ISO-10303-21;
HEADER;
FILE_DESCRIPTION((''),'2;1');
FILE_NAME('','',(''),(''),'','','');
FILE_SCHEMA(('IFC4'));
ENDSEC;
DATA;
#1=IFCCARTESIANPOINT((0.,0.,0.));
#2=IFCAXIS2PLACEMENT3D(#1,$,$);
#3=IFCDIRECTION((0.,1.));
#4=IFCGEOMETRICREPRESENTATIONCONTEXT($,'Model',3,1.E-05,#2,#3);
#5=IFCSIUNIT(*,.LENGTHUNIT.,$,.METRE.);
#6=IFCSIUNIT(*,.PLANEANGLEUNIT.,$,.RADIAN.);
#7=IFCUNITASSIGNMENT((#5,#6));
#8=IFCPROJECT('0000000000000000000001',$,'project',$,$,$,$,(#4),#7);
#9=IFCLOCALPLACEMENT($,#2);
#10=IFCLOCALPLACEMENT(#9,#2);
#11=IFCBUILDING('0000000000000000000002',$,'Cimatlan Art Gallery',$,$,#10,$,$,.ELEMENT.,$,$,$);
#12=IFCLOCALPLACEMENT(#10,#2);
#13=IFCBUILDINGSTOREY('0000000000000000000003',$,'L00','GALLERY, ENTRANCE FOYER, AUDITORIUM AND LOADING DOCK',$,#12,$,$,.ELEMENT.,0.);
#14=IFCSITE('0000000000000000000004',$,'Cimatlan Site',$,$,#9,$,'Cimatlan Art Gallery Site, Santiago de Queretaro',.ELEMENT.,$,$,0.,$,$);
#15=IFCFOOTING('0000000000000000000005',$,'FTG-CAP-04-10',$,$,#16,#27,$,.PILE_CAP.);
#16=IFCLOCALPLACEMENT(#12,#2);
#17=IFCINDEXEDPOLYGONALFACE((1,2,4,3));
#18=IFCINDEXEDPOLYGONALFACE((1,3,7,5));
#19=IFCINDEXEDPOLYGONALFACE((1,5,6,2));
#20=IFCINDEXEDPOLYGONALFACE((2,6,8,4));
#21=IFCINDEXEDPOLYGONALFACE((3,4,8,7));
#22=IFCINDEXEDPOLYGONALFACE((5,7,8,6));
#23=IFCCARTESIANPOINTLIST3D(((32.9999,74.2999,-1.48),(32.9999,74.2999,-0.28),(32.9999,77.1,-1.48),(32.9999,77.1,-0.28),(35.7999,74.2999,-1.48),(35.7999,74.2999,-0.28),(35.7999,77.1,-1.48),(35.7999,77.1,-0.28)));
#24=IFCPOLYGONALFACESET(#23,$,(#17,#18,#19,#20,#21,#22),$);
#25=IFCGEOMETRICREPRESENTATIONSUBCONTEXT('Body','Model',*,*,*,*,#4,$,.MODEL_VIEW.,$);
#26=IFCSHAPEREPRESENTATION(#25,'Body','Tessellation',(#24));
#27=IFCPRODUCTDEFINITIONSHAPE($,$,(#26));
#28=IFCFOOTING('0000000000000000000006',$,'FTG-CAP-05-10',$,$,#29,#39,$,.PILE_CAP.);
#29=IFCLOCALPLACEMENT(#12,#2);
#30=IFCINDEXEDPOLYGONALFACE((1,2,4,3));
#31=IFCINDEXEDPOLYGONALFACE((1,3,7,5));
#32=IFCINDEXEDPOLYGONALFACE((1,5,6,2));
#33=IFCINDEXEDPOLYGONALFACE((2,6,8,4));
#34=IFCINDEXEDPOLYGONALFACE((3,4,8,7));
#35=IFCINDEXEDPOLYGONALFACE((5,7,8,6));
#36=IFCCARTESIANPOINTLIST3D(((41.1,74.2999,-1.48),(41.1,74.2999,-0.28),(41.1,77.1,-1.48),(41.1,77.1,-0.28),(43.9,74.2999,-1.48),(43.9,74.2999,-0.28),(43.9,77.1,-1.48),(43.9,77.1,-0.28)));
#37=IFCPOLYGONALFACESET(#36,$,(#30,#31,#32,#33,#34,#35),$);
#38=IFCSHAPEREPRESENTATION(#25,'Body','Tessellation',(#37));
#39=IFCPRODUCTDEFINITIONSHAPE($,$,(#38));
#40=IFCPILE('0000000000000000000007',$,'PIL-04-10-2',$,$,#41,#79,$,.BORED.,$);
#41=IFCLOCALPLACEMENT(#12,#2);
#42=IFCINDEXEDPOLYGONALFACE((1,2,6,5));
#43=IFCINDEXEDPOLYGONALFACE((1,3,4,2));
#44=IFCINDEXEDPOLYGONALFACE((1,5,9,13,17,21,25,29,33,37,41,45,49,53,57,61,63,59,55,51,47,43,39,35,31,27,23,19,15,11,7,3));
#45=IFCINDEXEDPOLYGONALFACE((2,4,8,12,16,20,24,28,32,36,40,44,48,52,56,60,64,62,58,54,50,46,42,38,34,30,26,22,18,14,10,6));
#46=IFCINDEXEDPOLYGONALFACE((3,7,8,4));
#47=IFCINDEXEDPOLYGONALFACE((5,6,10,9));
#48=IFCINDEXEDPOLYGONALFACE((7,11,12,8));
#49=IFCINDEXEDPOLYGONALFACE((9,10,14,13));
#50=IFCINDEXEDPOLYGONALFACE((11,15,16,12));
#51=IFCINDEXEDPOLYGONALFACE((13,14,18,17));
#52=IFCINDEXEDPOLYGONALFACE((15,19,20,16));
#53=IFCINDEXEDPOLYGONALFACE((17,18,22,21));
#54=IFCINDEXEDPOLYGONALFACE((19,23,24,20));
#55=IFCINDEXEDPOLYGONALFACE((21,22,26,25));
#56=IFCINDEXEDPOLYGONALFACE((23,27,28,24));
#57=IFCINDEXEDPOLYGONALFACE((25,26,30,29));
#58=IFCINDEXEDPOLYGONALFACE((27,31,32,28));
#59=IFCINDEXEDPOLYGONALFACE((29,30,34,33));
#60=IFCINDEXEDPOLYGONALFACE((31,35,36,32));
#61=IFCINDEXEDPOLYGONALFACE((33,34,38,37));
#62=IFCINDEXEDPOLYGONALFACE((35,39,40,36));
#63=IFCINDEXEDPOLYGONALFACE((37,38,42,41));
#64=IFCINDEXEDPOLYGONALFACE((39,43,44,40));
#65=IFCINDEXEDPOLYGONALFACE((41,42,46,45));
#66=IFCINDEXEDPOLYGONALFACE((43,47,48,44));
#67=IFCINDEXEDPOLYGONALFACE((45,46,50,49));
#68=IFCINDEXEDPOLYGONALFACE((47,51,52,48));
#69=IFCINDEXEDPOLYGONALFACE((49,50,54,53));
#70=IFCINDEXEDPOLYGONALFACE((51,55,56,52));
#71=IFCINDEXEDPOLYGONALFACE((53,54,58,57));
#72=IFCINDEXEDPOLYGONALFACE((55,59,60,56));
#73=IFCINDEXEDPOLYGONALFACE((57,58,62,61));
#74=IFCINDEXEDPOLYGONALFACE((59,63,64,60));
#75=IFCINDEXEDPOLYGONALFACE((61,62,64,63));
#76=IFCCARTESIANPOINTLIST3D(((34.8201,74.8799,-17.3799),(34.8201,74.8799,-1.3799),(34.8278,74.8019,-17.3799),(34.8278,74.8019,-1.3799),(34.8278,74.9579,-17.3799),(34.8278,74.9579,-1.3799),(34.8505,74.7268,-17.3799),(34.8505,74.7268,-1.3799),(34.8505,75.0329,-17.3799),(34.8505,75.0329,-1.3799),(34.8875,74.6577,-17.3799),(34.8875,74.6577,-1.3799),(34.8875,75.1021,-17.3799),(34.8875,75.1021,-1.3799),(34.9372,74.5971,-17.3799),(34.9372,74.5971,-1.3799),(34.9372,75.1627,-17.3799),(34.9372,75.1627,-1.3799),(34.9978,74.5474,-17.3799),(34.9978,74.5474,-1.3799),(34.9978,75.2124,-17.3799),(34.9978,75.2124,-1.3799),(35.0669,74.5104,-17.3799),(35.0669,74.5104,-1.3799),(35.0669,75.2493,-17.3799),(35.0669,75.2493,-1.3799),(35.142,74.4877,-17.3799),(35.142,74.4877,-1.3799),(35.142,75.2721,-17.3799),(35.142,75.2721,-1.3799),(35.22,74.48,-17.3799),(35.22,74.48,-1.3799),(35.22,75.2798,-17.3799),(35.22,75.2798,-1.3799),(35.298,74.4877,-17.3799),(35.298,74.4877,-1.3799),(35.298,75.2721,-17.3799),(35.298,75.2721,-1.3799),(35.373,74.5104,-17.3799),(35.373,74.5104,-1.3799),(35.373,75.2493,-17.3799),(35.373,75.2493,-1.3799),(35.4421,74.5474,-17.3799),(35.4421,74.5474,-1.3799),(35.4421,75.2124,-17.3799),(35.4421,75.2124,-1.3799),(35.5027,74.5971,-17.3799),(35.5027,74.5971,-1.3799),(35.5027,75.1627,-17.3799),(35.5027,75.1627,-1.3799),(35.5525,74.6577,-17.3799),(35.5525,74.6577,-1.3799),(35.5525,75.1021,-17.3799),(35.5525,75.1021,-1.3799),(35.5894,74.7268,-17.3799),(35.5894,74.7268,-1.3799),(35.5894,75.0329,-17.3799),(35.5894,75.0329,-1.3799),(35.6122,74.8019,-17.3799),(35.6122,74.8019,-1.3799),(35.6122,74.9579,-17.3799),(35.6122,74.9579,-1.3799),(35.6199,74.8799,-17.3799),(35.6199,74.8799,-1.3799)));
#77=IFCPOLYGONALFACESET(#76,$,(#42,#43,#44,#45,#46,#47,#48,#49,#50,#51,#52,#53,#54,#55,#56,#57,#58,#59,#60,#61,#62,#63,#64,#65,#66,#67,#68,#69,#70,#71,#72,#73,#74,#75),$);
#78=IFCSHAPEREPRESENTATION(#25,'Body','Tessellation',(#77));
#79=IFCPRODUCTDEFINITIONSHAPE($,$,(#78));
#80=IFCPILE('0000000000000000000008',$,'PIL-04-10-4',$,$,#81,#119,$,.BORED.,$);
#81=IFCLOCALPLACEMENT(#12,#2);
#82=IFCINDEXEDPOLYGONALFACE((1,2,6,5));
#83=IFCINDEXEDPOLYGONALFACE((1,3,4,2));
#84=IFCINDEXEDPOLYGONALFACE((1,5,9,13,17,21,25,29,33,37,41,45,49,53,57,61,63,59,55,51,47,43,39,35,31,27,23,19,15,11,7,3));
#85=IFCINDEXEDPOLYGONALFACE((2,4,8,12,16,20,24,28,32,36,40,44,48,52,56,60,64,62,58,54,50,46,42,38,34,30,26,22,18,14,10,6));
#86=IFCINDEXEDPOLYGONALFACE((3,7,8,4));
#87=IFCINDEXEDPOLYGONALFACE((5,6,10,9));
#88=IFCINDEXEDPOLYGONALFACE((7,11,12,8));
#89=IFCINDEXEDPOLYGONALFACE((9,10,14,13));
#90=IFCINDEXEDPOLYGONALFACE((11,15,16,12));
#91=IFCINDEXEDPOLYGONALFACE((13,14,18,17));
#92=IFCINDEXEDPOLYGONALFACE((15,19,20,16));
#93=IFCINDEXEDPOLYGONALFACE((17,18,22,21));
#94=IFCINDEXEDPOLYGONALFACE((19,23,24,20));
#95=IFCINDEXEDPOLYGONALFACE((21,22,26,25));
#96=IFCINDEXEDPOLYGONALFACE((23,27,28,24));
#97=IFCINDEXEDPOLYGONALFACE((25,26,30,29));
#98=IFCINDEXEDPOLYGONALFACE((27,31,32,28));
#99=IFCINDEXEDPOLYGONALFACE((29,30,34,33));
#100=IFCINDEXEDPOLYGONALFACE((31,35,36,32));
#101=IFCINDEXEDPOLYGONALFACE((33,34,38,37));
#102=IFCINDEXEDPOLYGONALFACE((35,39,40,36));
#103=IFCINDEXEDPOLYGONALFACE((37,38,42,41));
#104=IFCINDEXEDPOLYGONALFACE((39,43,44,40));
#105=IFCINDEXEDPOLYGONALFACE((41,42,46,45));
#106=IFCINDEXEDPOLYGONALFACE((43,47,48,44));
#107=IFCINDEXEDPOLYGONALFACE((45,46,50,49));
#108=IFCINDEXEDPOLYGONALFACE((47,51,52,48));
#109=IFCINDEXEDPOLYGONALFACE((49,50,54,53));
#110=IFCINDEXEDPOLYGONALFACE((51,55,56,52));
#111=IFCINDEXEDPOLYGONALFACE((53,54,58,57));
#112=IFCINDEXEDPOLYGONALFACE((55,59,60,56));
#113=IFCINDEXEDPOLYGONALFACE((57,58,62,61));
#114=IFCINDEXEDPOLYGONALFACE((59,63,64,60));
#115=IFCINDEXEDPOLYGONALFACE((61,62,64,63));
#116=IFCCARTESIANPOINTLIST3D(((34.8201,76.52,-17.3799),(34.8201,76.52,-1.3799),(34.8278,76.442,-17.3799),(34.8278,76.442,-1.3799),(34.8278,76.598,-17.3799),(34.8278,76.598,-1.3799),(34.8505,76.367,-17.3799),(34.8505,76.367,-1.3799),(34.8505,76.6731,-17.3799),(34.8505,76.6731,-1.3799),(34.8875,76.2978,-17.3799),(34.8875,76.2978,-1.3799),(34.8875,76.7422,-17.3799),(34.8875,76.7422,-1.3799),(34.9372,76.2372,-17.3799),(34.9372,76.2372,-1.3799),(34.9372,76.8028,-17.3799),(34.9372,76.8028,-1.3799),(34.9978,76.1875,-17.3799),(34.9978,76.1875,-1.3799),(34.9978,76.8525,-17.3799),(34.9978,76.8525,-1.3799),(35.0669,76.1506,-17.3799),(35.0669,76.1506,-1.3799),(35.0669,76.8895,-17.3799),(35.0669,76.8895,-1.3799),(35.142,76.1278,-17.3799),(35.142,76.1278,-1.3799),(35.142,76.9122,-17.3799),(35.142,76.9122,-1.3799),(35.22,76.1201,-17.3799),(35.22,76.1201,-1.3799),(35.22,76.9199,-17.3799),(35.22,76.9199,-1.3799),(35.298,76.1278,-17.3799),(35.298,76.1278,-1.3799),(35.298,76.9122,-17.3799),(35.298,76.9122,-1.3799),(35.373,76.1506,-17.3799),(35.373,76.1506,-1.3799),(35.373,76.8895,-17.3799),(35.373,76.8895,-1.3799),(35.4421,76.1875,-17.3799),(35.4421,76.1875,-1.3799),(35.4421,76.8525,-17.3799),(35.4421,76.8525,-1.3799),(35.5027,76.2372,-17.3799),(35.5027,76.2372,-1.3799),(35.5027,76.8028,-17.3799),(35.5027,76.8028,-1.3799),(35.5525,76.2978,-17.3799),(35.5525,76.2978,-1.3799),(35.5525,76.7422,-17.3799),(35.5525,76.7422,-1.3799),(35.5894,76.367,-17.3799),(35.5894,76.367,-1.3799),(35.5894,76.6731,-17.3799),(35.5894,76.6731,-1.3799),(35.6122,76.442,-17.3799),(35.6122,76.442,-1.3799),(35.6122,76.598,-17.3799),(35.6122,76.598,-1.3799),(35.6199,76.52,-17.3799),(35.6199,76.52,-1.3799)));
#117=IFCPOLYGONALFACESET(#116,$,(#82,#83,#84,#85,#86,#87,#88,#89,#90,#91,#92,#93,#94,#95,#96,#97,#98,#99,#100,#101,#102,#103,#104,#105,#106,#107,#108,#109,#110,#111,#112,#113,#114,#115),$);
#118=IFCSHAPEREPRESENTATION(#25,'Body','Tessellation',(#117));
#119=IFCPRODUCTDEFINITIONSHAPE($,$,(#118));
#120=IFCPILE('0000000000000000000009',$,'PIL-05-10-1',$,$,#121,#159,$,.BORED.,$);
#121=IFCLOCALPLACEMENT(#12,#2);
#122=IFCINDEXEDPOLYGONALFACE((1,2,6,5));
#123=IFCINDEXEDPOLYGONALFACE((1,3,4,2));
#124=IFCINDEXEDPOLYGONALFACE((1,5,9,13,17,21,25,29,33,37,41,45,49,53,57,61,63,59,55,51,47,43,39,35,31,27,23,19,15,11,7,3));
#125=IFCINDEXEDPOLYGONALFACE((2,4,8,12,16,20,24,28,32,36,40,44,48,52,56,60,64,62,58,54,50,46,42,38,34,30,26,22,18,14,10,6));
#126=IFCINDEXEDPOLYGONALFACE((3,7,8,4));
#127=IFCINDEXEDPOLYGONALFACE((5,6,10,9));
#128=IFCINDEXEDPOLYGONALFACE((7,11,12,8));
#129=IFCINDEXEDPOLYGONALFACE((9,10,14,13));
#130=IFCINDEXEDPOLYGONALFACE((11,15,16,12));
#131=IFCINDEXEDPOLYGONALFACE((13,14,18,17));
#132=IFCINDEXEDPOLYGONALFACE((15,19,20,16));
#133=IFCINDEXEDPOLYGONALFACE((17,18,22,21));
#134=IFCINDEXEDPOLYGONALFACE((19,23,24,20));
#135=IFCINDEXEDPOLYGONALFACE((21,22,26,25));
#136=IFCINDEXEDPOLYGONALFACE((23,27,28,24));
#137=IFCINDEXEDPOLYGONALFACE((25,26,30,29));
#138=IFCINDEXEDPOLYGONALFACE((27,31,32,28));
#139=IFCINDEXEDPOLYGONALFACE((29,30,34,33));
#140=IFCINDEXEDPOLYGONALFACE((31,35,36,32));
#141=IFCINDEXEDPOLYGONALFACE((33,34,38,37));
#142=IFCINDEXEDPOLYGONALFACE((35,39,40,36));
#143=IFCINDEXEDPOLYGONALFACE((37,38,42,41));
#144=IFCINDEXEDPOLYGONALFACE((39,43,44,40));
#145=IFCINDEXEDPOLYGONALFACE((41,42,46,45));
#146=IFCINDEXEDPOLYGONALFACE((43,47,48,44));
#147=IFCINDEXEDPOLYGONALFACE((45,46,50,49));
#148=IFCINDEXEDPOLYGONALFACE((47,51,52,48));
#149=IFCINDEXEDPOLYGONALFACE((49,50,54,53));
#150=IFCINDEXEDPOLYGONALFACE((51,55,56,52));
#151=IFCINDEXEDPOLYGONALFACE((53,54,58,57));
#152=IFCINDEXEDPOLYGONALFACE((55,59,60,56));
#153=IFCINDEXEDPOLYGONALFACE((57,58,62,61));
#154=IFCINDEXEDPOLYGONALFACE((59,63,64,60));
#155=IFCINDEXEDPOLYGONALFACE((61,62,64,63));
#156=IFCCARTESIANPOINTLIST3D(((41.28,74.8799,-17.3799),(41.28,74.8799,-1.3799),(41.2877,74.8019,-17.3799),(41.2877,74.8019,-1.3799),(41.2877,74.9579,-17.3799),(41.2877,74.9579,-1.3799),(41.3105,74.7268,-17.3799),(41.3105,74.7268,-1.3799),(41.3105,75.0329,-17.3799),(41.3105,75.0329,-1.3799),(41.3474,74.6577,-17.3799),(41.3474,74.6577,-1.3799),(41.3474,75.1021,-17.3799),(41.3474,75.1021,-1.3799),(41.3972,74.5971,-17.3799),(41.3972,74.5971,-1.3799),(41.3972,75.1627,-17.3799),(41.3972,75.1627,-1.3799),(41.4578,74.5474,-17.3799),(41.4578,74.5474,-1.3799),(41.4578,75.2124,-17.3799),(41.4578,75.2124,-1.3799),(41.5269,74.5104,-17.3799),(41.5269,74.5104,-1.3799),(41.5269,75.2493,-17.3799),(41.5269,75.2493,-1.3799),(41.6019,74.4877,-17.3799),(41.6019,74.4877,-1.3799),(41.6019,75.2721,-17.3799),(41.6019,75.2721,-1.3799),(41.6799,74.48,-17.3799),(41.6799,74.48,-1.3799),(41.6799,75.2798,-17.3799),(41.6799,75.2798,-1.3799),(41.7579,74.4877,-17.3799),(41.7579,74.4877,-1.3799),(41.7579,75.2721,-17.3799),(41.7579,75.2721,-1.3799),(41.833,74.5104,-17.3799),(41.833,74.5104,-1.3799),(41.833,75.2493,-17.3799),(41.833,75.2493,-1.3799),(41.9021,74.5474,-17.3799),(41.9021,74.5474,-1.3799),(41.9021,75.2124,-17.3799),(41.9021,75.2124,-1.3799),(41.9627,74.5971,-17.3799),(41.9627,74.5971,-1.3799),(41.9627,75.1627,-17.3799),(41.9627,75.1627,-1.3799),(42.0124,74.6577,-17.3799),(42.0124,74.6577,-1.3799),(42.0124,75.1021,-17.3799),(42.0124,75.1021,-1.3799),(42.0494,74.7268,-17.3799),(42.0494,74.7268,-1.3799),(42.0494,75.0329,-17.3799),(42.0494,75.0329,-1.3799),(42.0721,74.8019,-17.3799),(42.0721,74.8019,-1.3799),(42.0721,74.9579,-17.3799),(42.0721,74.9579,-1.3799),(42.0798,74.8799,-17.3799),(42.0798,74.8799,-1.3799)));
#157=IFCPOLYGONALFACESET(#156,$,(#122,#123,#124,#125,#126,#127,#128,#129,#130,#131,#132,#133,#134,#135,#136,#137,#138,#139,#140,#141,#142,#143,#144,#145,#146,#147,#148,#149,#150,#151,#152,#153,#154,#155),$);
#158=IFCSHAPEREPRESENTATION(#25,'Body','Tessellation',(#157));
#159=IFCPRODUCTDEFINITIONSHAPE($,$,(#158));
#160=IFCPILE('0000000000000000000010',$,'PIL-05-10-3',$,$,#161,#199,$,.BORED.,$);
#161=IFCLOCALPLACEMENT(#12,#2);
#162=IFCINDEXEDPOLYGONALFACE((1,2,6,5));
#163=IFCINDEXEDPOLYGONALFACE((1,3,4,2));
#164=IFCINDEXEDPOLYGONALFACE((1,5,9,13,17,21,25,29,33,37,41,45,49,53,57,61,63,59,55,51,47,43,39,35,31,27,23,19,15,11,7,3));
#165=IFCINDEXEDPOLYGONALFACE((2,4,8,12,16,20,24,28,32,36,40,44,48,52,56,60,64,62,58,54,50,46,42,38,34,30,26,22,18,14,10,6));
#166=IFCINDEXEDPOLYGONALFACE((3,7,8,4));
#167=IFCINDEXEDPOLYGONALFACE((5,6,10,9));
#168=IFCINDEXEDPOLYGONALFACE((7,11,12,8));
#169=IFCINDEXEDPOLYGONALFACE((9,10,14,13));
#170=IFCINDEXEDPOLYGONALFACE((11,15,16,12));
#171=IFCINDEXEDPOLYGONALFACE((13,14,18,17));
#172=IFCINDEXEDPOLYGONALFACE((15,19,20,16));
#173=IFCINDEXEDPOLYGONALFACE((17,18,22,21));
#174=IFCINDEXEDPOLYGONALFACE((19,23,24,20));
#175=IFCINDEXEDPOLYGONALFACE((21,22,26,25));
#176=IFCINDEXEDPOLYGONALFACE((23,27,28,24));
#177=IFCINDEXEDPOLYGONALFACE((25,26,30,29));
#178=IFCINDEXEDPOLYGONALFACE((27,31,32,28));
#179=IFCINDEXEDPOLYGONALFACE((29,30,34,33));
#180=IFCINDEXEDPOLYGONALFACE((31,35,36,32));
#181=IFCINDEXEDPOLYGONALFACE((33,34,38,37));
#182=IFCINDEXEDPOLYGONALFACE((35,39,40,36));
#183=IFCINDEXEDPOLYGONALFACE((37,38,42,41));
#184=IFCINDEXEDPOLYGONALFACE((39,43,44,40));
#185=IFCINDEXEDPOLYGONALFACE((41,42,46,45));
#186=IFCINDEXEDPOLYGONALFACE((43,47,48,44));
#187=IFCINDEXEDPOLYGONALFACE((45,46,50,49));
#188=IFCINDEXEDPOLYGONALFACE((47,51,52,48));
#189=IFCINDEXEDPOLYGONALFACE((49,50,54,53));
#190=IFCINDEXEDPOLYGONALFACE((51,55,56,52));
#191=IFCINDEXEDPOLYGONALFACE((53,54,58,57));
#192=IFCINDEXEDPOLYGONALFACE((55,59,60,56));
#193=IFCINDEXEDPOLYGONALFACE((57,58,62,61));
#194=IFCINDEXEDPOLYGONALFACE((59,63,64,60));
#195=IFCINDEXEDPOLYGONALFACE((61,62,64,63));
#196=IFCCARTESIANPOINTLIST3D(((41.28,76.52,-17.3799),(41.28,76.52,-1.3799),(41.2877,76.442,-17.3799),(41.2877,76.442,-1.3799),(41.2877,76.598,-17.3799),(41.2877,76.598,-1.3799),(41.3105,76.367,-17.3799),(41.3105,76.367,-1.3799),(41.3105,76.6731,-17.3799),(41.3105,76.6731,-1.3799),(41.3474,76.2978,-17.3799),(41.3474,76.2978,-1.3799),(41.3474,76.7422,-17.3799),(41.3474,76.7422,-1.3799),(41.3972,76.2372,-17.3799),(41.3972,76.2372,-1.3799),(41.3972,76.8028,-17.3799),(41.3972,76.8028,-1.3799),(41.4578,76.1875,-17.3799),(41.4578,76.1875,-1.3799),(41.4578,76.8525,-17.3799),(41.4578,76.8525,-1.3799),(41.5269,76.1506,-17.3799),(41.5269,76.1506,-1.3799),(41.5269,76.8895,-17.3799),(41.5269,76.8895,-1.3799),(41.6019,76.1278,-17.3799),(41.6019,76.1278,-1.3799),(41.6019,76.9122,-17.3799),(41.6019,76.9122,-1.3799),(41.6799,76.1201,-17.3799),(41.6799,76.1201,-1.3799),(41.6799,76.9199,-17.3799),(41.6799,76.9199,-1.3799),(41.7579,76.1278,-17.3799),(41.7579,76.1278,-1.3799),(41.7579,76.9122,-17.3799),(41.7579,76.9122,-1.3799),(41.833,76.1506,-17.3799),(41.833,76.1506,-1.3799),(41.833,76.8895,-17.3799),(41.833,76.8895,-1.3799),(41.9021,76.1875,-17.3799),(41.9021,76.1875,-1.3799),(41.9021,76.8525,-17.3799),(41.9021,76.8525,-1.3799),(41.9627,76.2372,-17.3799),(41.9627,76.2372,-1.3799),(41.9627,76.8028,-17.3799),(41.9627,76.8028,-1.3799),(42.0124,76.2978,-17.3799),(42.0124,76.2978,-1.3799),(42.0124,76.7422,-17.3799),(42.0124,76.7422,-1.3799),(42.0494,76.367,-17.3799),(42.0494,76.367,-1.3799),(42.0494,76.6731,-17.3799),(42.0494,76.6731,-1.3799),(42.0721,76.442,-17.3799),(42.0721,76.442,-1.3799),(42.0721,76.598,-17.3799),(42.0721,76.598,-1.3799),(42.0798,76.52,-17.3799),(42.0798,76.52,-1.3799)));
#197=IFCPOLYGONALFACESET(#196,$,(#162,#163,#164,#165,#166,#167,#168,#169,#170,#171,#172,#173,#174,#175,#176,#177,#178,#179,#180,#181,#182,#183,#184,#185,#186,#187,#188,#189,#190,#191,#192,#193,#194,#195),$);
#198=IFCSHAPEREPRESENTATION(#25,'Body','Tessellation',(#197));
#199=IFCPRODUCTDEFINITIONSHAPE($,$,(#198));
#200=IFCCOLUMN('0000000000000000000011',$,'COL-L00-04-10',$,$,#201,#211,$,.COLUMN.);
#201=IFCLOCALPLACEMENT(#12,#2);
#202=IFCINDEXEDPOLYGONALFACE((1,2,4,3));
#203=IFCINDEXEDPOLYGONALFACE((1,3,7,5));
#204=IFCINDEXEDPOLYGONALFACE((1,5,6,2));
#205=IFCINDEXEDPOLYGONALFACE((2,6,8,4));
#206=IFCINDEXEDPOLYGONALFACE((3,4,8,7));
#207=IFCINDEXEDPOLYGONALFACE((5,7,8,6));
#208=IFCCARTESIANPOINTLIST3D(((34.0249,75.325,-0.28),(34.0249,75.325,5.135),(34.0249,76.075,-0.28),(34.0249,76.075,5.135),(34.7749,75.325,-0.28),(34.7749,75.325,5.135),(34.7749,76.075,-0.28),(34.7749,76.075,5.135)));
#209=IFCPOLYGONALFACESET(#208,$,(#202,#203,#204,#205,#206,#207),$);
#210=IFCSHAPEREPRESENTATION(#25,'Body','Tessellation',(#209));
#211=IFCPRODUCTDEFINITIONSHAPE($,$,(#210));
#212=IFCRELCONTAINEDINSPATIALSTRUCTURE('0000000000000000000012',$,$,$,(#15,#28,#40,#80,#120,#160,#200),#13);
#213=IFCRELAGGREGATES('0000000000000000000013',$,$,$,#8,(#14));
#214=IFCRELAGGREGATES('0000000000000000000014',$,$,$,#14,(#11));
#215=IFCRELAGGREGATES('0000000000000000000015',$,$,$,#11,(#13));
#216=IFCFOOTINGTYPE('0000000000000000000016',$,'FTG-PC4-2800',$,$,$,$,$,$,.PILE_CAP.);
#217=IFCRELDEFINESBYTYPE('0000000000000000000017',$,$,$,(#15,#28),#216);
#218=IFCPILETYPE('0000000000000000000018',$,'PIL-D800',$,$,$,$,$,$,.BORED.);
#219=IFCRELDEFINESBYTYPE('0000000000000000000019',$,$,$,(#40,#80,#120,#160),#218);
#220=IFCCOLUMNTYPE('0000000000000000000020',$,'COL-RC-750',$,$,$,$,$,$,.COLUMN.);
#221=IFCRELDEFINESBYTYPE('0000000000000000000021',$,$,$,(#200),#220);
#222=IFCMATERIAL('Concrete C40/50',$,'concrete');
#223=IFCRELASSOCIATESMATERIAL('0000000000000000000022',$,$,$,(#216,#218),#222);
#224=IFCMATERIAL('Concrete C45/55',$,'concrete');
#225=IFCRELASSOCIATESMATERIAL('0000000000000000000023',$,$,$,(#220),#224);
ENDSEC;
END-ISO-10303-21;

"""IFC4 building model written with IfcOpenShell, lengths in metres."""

from ifc_helpers import new_model, si_unit, direction, frame, origin, origin_2d, place, context, subcontext, project, spatial, rectangle, circle, extrude, material, material_profile, profile_set, type_object, element, save


model = new_model("IFC4")

# Units and contexts
model_context = context("Model", 3, precision=1e-05, world=origin(), true_north=direction((0.0, 1.0)))
body_context = subcontext(model_context, "Body", "Model", "MODEL_VIEW")
ifc_project = project(units=[si_unit("LENGTHUNIT", "METRE"), si_unit("PLANEANGLEUNIT", "RADIAN")], contexts=[model_context])

# Site, building, storey
site_placement = place(None, origin())
site = spatial("IfcSite", under=ifc_project, at=site_placement, Name="Cimatlan Site", LongName="Cimatlan Art Gallery Site, Santiago de Queretaro", CompositionType="ELEMENT", RefElevation=0.0)
building_placement = place(site_placement, origin())
building = spatial("IfcBuilding", under=site, at=building_placement, Name="Cimatlan Art Gallery", CompositionType="ELEMENT")
storey_placement = place(building_placement, origin())
storey = spatial("IfcBuildingStorey", under=building, at=storey_placement, Name="L00", Description="GALLERY, ENTRANCE FOYER, AUDITORIUM AND LOADING DOCK", CompositionType="ELEMENT", Elevation=0.0)

# Footings
ifc_material_1 = material(Name="Concrete C40/50", Category="concrete")
footing_type = type_object("IfcFootingType", Name="FTG-PC4-2800", PredefinedType="PILE_CAP", material=ifc_material_1)
for number, where, z_axis, x_axis, name in (
    (1, (34.3999, 75.7, -1.48), (0.0, 0.0, 1.0), (1.0, 0.0, 0.0), "FTG-CAP-04-10"),
    (2, (42.5, 75.7, -1.48), (0.0, 0.0, 1.0), (1.0, 0.0, 0.0), "FTG-CAP-05-10"),
):
    element("IfcFooting", number, at=place(storey_placement, frame(where, z_axis=z_axis, x_axis=x_axis)), inside=storey, type_object=footing_type, Name=name, PredefinedType="PILE_CAP", context=body_context, shape_type="SweptSolid", body=[
        extrude(rectangle(XDim=2.8, YDim=2.8, at=origin_2d()), origin(), (0.0, 0.0, 1.0), 1.2),
    ])

# Piles
pile_type = type_object("IfcPileType", Name="PIL-D800", PredefinedType="BORED", material=ifc_material_1)
for number, where, z_axis, x_axis, name in (
    (3, (35.22, 74.8799, -1.3799), (0.0, 0.0, -1.0), (1.0, 0.0, 0.0), "PIL-04-10-2"),
    (4, (35.22, 76.52, -1.3799), (0.0, 0.0, -1.0), (1.0, 0.0, 0.0), "PIL-04-10-4"),
    (5, (41.6799, 74.8799, -1.3799), (0.0, 0.0, -1.0), (1.0, 0.0, 0.0), "PIL-05-10-1"),
    (6, (41.6799, 76.52, -1.3799), (0.0, 0.0, -1.0), (1.0, 0.0, 0.0), "PIL-05-10-3"),
):
    element("IfcPile", number, at=place(storey_placement, frame(where, z_axis=z_axis, x_axis=x_axis)), inside=storey, type_object=pile_type, Name=name, PredefinedType="BORED", context=body_context, shape_type="SweptSolid", body=[
        extrude(circle(Radius=0.3999, at=origin_2d()), origin(), (0.0, 0.0, 1.0), 16.0),
    ])

# Column
ifc_material_2 = material(Name="Concrete C45/55", Category="concrete")
ifc_material_profile_1 = material_profile(ifc_material_2, rectangle(XDim=0.75, YDim=0.75, at=origin_2d()), Name="RC750X750")
ifc_profile_set_1 = profile_set([ifc_material_profile_1], Name="Concrete C45/55")
column_type = type_object("IfcColumnType", Name="COL-RC-750", PredefinedType="COLUMN", material=ifc_profile_set_1)
for number, where, z_axis, x_axis, name in (
    (7, (34.3999, 75.7, -0.28), (0.0, 0.0, 1.0), (1.0, 0.0, 0.0), "COL-L00-04-10"),
):
    element("IfcColumn", number, at=place(storey_placement, frame(where, z_axis=z_axis, x_axis=x_axis)), inside=storey, type_object=column_type, Name=name, PredefinedType="COLUMN", context=body_context, shape_type="SweptSolid", body=[
        extrude(rectangle(XDim=0.75, YDim=0.75, at=origin_2d()), origin(), (0.0, 0.0, 1.0), 5.415),
    ])

save(model, "model.ifc")
